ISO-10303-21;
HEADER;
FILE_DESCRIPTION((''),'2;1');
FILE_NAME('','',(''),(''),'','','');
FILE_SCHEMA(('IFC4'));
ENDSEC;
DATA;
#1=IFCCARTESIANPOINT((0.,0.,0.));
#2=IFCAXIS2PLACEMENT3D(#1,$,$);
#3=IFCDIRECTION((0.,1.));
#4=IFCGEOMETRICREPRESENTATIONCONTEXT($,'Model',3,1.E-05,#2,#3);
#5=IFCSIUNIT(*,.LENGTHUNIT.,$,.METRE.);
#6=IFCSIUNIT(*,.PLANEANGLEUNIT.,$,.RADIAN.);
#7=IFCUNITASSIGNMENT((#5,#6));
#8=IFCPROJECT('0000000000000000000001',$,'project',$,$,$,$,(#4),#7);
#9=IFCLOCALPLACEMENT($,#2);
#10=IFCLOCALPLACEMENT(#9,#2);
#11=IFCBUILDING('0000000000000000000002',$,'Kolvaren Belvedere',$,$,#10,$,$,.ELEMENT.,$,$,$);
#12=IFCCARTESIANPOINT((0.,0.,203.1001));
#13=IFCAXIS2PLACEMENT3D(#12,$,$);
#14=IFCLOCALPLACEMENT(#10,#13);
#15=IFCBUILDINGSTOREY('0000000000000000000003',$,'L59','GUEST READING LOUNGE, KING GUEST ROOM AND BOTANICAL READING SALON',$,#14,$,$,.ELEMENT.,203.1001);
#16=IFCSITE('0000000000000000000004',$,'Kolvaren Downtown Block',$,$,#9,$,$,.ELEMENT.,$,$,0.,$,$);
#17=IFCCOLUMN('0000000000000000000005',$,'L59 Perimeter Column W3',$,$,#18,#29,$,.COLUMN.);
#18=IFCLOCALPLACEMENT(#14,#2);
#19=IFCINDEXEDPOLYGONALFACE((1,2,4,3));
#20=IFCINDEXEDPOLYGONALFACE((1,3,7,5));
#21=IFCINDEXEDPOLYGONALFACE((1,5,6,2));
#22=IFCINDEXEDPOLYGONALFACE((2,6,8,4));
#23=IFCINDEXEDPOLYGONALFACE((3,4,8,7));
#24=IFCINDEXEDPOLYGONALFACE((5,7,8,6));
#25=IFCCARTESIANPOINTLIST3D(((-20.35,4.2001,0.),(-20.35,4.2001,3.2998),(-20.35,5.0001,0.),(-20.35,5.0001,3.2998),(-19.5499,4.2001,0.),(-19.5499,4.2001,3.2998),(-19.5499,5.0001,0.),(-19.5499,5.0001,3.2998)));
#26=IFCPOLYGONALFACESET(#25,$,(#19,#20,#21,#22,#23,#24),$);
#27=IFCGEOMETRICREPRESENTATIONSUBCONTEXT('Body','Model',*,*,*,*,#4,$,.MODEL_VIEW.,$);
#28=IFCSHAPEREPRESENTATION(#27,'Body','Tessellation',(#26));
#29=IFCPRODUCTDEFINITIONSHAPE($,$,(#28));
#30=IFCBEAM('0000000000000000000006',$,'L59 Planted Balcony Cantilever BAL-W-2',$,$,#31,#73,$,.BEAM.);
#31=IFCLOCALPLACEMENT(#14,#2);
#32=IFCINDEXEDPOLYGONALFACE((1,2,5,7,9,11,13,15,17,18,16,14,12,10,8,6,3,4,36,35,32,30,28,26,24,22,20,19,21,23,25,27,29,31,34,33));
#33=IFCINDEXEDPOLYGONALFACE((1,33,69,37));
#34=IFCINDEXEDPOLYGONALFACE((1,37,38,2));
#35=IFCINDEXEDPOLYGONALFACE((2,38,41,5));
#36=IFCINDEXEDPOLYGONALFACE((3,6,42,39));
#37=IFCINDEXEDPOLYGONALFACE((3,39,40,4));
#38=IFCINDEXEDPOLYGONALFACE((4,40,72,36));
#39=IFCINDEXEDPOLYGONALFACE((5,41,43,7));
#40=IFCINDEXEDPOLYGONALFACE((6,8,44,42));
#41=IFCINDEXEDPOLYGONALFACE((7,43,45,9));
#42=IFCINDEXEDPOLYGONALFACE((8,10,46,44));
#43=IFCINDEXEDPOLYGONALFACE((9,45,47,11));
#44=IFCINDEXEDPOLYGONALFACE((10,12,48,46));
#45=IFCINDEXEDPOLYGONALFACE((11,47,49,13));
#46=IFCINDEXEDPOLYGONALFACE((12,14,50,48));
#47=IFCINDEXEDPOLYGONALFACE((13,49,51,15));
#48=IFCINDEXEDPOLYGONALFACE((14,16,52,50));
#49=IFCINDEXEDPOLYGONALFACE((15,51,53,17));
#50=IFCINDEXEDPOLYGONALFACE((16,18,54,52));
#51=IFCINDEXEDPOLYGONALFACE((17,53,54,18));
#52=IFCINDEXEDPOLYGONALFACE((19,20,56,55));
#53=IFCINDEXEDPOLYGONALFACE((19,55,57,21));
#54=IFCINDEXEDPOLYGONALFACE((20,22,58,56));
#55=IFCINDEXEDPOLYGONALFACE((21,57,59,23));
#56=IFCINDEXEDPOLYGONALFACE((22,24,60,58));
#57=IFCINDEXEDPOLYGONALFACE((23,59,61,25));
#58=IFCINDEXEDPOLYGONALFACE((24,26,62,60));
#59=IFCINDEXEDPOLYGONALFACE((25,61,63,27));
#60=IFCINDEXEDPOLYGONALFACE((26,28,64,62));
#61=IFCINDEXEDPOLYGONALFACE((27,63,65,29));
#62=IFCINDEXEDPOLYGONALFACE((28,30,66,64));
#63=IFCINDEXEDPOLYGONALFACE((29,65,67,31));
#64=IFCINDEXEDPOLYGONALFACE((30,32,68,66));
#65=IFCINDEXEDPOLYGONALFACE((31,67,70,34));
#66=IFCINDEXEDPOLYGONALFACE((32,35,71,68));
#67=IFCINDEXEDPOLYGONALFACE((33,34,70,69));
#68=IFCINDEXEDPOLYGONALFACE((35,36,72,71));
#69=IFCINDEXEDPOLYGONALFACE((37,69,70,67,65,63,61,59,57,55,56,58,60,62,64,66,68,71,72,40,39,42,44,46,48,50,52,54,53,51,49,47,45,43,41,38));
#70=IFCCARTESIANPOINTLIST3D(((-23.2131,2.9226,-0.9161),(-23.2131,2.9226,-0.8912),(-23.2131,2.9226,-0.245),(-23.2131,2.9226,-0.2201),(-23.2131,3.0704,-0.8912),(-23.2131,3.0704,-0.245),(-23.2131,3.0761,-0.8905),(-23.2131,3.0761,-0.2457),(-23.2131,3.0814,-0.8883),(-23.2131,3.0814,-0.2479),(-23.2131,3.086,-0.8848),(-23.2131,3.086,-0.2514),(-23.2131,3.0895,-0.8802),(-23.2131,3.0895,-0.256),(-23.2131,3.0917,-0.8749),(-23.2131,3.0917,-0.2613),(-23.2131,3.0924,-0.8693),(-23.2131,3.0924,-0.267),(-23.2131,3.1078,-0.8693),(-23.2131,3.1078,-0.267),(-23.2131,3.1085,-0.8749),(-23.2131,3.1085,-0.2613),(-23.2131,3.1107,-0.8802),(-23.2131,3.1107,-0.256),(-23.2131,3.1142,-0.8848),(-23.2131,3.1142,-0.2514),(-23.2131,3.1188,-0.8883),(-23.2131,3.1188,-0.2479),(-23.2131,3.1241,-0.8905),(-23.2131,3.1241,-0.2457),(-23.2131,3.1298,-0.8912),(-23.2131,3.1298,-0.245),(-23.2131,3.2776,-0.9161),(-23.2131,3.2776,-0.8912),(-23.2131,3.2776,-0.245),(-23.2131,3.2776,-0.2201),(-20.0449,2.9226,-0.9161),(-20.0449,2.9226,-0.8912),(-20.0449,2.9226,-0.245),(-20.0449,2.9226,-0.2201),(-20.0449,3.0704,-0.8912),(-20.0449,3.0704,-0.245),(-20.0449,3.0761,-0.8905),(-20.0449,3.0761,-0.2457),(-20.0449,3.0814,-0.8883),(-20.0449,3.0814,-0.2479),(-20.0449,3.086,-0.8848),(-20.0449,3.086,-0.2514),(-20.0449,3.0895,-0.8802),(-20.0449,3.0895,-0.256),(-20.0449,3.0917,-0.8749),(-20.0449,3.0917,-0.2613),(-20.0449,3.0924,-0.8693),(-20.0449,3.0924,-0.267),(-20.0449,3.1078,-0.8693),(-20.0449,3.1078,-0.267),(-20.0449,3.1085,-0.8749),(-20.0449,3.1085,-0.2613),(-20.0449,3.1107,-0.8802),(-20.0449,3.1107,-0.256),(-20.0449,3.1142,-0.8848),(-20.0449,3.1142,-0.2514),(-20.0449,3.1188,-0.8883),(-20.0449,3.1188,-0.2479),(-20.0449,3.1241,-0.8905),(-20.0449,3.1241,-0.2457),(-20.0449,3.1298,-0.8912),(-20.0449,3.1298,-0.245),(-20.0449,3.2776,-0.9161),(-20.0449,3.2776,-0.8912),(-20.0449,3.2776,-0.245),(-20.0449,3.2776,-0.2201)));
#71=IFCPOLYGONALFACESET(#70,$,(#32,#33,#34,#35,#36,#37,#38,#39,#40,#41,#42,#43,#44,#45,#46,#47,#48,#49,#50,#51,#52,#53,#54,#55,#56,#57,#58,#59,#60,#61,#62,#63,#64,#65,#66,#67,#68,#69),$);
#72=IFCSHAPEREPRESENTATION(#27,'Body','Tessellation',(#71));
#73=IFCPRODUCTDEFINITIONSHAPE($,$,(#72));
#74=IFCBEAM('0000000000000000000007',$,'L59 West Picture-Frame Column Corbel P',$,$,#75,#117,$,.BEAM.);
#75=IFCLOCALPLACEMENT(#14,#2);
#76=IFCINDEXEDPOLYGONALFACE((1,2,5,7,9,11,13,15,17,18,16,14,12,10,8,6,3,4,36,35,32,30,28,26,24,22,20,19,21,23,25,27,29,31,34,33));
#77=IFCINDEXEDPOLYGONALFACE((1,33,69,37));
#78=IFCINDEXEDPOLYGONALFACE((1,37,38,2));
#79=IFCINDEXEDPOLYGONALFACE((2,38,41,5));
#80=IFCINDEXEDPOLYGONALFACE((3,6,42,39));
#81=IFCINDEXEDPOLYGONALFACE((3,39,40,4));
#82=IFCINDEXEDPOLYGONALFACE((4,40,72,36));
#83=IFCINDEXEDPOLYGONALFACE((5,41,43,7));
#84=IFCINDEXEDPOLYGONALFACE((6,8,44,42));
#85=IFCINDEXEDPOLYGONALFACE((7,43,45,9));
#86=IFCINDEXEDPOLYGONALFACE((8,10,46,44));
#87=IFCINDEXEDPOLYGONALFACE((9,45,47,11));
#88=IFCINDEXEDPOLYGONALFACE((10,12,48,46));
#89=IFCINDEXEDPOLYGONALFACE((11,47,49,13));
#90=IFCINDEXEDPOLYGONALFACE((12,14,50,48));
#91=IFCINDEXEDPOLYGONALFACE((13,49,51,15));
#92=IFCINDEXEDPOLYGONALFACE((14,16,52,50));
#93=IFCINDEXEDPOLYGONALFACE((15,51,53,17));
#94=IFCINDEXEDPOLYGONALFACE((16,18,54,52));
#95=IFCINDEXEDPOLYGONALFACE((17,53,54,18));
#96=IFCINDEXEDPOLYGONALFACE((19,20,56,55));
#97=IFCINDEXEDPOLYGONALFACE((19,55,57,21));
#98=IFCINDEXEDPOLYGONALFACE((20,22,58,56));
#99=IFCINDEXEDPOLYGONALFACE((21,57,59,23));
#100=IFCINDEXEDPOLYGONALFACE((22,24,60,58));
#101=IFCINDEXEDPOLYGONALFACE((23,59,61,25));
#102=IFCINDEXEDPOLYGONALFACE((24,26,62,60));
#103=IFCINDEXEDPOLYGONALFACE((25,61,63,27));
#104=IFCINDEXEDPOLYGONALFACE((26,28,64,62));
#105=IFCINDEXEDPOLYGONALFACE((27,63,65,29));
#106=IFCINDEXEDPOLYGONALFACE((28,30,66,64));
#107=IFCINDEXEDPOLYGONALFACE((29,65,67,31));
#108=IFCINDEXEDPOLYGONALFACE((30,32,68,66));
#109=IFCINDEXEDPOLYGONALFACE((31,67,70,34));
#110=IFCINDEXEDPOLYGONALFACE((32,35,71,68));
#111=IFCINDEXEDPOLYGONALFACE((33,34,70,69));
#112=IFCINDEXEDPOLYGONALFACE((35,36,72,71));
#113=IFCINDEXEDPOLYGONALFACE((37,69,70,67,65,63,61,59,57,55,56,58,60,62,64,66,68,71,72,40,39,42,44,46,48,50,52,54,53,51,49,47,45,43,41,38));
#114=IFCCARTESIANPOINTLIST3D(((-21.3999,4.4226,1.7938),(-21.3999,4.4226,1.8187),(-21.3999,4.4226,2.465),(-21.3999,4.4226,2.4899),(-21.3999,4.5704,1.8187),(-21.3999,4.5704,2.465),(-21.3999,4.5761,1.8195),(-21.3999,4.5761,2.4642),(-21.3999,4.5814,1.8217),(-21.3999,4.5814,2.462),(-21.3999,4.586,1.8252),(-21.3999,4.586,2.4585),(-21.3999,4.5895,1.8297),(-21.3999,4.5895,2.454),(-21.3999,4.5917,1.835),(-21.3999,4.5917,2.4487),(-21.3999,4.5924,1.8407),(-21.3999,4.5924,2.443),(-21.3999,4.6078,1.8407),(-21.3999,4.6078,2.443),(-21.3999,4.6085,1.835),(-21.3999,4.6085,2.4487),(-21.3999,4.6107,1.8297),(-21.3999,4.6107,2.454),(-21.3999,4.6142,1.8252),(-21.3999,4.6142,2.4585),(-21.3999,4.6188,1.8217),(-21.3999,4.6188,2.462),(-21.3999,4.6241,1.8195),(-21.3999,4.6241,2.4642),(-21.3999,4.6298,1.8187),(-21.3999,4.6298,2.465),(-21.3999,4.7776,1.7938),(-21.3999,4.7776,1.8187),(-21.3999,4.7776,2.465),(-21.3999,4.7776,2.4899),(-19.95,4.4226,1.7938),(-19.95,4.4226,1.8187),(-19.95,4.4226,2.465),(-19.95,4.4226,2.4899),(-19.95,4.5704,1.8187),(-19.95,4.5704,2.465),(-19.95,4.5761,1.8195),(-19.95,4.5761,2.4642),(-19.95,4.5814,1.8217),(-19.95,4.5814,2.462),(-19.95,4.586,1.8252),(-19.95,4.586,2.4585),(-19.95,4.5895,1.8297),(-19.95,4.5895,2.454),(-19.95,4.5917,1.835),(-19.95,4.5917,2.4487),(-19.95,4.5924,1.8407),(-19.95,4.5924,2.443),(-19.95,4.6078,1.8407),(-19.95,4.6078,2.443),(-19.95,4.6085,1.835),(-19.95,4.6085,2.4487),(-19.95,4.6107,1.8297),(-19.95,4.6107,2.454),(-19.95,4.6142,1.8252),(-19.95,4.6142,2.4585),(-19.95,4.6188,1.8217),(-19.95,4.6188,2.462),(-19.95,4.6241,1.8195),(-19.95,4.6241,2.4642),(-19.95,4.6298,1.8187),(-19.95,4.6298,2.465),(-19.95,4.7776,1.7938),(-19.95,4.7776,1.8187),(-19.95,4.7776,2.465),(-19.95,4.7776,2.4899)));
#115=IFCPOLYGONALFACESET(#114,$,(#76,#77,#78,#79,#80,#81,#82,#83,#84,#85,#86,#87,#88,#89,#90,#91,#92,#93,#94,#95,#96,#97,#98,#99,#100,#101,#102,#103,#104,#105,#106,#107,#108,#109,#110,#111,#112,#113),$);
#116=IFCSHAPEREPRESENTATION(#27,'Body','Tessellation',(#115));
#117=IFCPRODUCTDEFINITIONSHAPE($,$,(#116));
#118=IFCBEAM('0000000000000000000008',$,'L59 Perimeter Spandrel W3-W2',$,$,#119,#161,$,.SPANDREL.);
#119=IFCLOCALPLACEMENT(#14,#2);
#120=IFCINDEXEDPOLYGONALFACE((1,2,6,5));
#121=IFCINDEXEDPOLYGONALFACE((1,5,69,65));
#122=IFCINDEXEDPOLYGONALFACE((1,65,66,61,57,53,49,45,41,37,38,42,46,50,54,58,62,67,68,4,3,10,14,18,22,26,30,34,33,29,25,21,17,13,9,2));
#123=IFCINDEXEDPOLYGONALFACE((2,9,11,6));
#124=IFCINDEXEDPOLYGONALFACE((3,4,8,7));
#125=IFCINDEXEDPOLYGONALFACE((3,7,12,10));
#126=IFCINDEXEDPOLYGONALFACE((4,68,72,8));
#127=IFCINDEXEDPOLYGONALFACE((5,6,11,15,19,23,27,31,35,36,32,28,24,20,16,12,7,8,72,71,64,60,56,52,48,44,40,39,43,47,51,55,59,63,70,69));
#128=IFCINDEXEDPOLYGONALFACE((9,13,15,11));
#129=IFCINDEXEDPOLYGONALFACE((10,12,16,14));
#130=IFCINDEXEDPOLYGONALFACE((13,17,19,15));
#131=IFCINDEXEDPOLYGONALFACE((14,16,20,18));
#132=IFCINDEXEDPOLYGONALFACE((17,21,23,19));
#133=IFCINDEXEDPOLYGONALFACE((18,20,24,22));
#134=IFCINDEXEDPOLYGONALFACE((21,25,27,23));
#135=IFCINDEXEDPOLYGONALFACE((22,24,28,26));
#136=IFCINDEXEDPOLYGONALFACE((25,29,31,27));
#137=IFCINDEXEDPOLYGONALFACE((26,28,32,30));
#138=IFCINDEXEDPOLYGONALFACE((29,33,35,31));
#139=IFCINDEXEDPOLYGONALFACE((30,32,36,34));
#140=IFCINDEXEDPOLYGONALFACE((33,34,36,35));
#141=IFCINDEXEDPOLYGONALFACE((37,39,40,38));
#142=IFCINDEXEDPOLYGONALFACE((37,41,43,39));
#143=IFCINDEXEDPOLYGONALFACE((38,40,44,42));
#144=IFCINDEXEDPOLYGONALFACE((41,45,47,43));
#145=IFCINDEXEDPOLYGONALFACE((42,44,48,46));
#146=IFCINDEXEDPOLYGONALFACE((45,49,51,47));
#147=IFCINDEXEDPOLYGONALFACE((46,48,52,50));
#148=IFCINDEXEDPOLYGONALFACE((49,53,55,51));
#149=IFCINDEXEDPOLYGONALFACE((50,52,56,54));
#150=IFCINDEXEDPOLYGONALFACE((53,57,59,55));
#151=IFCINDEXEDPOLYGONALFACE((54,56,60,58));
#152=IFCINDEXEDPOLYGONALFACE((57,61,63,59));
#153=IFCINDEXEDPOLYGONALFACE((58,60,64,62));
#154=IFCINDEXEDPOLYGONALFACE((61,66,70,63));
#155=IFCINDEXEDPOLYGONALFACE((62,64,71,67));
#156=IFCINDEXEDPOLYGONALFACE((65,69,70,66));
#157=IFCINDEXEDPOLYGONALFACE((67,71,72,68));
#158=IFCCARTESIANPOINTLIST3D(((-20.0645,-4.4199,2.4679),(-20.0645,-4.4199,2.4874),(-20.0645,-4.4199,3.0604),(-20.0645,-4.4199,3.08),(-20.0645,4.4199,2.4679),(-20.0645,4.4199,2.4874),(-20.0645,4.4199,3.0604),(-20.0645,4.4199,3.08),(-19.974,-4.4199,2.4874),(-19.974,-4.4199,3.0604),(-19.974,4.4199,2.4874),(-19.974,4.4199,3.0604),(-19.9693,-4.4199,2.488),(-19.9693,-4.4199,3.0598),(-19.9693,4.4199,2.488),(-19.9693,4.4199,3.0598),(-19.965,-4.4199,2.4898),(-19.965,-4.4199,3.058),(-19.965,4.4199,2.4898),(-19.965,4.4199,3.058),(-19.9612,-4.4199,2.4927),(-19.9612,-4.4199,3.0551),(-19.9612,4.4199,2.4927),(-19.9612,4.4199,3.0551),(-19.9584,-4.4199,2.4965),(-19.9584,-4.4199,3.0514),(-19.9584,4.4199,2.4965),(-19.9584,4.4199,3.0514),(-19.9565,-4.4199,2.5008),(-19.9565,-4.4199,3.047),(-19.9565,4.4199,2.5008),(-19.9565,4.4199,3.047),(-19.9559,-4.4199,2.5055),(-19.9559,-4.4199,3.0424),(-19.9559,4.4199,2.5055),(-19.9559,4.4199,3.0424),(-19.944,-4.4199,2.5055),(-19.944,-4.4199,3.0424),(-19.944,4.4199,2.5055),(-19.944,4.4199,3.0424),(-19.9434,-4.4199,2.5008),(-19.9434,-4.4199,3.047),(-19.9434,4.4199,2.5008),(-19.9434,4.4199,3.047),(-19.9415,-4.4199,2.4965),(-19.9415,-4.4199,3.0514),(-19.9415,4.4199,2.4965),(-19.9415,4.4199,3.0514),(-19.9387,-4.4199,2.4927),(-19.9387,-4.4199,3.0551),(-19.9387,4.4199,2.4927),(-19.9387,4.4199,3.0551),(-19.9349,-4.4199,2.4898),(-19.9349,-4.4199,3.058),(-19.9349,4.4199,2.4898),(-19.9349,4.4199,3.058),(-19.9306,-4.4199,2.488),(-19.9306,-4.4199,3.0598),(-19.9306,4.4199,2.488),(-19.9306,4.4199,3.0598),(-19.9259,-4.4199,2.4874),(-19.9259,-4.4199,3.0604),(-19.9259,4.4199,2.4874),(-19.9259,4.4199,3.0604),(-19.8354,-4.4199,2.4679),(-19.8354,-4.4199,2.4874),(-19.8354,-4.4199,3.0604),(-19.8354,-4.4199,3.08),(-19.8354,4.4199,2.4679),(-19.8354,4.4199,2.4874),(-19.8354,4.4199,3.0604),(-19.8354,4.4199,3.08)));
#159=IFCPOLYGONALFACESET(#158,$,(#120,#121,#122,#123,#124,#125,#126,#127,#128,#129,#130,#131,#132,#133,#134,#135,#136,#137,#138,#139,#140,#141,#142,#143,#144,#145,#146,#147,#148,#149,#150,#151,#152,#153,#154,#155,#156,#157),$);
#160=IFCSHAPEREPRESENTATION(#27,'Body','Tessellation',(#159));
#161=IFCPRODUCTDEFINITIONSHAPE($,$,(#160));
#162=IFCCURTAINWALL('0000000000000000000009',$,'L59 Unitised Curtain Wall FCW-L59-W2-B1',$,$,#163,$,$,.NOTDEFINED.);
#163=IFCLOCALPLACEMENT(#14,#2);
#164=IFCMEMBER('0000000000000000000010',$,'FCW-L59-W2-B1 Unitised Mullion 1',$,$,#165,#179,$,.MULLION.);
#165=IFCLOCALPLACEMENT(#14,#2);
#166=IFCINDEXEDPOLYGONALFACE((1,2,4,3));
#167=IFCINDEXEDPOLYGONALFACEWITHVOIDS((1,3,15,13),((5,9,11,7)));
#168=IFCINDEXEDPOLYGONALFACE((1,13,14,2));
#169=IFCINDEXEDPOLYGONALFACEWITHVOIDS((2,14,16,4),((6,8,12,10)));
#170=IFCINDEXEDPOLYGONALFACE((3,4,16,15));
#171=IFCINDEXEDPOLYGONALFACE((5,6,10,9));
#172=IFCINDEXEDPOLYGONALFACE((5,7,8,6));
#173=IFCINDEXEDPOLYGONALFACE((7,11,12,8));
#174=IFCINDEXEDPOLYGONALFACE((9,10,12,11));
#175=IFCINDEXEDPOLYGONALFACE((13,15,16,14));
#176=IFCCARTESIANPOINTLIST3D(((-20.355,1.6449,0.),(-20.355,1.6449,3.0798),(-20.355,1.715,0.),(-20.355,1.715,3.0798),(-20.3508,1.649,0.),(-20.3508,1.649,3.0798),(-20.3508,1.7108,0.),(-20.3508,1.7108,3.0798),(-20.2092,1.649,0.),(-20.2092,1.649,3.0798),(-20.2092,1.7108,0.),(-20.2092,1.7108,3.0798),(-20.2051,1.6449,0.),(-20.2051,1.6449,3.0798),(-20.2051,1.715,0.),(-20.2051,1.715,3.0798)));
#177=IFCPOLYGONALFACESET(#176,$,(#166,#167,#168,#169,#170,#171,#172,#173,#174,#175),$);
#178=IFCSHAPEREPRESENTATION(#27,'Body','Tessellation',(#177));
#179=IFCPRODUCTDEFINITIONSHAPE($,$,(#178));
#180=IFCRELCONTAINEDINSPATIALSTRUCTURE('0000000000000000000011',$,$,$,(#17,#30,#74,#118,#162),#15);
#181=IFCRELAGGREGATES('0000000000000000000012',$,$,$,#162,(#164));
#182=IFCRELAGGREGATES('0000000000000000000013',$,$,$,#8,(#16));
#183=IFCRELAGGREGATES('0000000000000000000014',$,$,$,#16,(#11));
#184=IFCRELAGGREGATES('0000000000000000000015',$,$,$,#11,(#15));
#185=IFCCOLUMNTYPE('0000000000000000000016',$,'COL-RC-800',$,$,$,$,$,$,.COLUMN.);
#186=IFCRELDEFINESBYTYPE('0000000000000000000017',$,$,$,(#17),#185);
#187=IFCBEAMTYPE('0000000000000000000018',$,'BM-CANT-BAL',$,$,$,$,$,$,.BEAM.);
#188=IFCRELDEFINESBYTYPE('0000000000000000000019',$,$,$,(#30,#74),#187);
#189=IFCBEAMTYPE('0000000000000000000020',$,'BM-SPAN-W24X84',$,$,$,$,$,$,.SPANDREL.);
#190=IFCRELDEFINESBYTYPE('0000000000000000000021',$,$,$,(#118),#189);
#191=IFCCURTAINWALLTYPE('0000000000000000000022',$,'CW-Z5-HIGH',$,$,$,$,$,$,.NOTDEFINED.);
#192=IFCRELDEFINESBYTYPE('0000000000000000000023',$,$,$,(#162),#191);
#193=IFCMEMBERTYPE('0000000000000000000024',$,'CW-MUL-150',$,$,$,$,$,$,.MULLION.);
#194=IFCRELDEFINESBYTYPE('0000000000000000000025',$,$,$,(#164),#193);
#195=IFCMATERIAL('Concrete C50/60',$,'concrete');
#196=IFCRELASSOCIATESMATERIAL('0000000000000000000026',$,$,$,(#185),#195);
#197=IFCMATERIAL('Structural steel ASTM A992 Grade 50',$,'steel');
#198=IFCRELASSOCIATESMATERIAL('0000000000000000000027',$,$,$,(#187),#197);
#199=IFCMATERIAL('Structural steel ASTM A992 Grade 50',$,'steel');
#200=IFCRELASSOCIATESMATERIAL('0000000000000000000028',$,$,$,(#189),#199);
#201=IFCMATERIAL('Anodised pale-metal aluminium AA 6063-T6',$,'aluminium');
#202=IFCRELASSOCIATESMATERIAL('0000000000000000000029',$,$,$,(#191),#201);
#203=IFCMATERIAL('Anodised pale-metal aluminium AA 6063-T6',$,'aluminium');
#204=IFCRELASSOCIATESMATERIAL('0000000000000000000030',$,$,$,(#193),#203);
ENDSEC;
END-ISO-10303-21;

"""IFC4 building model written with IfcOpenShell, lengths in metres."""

from ifc_helpers import new_model, si_unit, direction, frame, origin, origin_2d, place, context, subcontext, project, spatial, rectangle, hollow_rectangle, i_section, extrude, material, material_profile, profile_set, type_object, element, aggregate, save


model = new_model("IFC4")

# Units and contexts
model_context = context("Model", 3, precision=1e-05, world=origin(), true_north=direction((0.0, 1.0)))
body_context = subcontext(model_context, "Body", "Model", "MODEL_VIEW")
ifc_project = project(units=[si_unit("LENGTHUNIT", "METRE"), si_unit("PLANEANGLEUNIT", "RADIAN")], contexts=[model_context])

# Site, building, storey
site_placement = place(None, origin())
site = spatial("IfcSite", under=ifc_project, at=site_placement, Name="Kolvaren Downtown Block", CompositionType="ELEMENT", RefElevation=0.0)
building_placement = place(site_placement, origin())
building = spatial("IfcBuilding", under=site, at=building_placement, Name="Kolvaren Belvedere", CompositionType="ELEMENT")
storey_placement = place(building_placement, frame((0.0, 0.0, 203.1001)))
storey = spatial("IfcBuildingStorey", under=building, at=storey_placement, Name="L59", Description="GUEST READING LOUNGE, KING GUEST ROOM AND BOTANICAL READING SALON", CompositionType="ELEMENT", Elevation=203.1001)

# Column
ifc_material_1 = material(Name="Concrete C50/60", Category="concrete")
ifc_material_profile_1 = material_profile(ifc_material_1, rectangle(XDim=0.8, YDim=0.8, at=origin_2d()), Name="RC 800X800")
ifc_profile_set_1 = profile_set([ifc_material_profile_1], Name="Concrete C50/60")
column_type = type_object("IfcColumnType", Name="COL-RC-800", PredefinedType="COLUMN", material=ifc_profile_set_1)
column_placement = place(storey_placement, frame((-19.95, 4.6001, 0.0), z_axis=(0.0, 0.0, 1.0), x_axis=(1.0, 0.0, 0.0)))
element("IfcColumn", 1, at=column_placement, inside=storey, type_object=column_type, Name="L59 Perimeter Column W3", PredefinedType="COLUMN", context=body_context, shape_type="SweptSolid", body=[
    extrude(rectangle(XDim=0.8, YDim=0.8, at=origin_2d()), origin(), (0.0, 0.0, 1.0), 3.2998),
])

# Beams
ifc_material_2 = material(Name="Structural steel ASTM A992 Grade 50", Category="steel")
ifc_material_profile_2 = material_profile(ifc_material_2, i_section(OverallWidth=0.355, OverallDepth=0.696, WebThickness=0.0154, FlangeThickness=0.0249, FilletRadius=0.022, at=origin_2d()), Name="W27X146")
ifc_profile_set_2 = profile_set([ifc_material_profile_2], Name="Structural steel ASTM A992 Grade 50")
beam_type_1 = type_object("IfcBeamType", Name="BM-CANT-BAL", PredefinedType="BEAM", material=ifc_profile_set_2)
beam_1_placement = place(storey_placement, frame((-20.0449, 3.1001, -0.5681), z_axis=(-1.0, 0.0, 0.0), x_axis=(0.0, -1.0, 0.0)))
element("IfcBeam", 2, at=beam_1_placement, inside=storey, type_object=beam_type_1, Name="L59 Planted Balcony Cantilever BAL-W-2", PredefinedType="BEAM", context=body_context, shape_type="SweptSolid", body=[
    extrude(i_section(OverallWidth=0.355, OverallDepth=0.696, WebThickness=0.0154, FlangeThickness=0.0249, FilletRadius=0.022, at=origin_2d()), origin(), (0.0, 0.0, 1.0), 3.1682),
])
beam_2_placement = place(storey_placement, frame((-19.95, 4.6001, 2.1418), z_axis=(-1.0, 0.0, 0.0), x_axis=(0.0, -1.0, 0.0)))
element("IfcBeam", 3, at=beam_2_placement, inside=storey, type_object=beam_type_1, Name="L59 West Picture-Frame Column Corbel P", PredefinedType="BEAM", context=body_context, shape_type="SweptSolid", body=[
    extrude(i_section(OverallWidth=0.355, OverallDepth=0.696, WebThickness=0.0154, FlangeThickness=0.0249, FilletRadius=0.022, at=origin_2d()), origin(), (0.0, 0.0, 1.0), 1.45),
])
ifc_material_3 = material(Name="Structural steel ASTM A992 Grade 50", Category="steel")
ifc_material_profile_3 = material_profile(ifc_material_3, i_section(OverallWidth=0.229, OverallDepth=0.6121, WebThickness=0.012, FlangeThickness=0.0195, FilletRadius=0.0181, at=origin_2d()), Name="W24X84")
ifc_profile_set_3 = profile_set([ifc_material_profile_3], Name="Structural steel ASTM A992 Grade 50")
beam_type_2 = type_object("IfcBeamType", Name="BM-SPAN-W24X84", PredefinedType="SPANDREL", material=ifc_profile_set_3)
beam_3_placement = place(storey_placement, frame((-19.95, 4.4199, 2.7739), z_axis=(0.0, -1.0, 0.0), x_axis=(1.0, 0.0, 0.0)))
element("IfcBeam", 4, at=beam_3_placement, inside=storey, type_object=beam_type_2, Name="L59 Perimeter Spandrel W3-W2", PredefinedType="SPANDREL", context=body_context, shape_type="SweptSolid", body=[
    extrude(i_section(OverallWidth=0.229, OverallDepth=0.6121, WebThickness=0.012, FlangeThickness=0.0195, FilletRadius=0.0181, at=origin_2d()), origin(), (0.0, 0.0, 1.0), 8.8398),
])

# Curtain wall, member
ifc_material_4 = material(Name="Anodised pale-metal aluminium AA 6063-T6", Category="aluminium")
curtain_wall_type = type_object("IfcCurtainWallType", Name="CW-Z5-HIGH", PredefinedType="NOTDEFINED", material=ifc_material_4)
curtain_wall_1_placement = place(storey_placement, origin())
curtain_wall_1 = element("IfcCurtainWall", 5, at=curtain_wall_1_placement, inside=storey, type_object=curtain_wall_type, Name="L59 Unitised Curtain Wall FCW-L59-W2-B1", PredefinedType="NOTDEFINED")
ifc_material_5 = material(Name="Anodised pale-metal aluminium AA 6063-T6", Category="aluminium")
ifc_material_profile_4 = material_profile(ifc_material_5, hollow_rectangle(XDim=0.0701, YDim=0.1499, WallThickness=0.0042, at=origin_2d()), Name="ALU-MUL-150X70")
ifc_profile_set_4 = profile_set([ifc_material_profile_4], Name="Anodised pale-metal aluminium AA 6063-T6")
member_type_1 = type_object("IfcMemberType", Name="CW-MUL-150", PredefinedType="MULLION", material=ifc_profile_set_4)
member_1_placement = place(storey_placement, frame((-20.28, 1.6799, 0.0), z_axis=(0.0, 0.0, 1.0), x_axis=(0.0, 1.0, 0.0)))
member_1 = element("IfcMember", 6, at=member_1_placement, type_object=member_type_1, Name="FCW-L59-W2-B1 Unitised Mullion 1", PredefinedType="MULLION", context=body_context, shape_type="SweptSolid", body=[
    extrude(hollow_rectangle(XDim=0.0701, YDim=0.1499, WallThickness=0.0042, at=origin_2d()), origin(), (0.0, 0.0, 1.0), 3.0798),
])

aggregate(curtain_wall_1, [member_1])

save(model, "model.ifc")
